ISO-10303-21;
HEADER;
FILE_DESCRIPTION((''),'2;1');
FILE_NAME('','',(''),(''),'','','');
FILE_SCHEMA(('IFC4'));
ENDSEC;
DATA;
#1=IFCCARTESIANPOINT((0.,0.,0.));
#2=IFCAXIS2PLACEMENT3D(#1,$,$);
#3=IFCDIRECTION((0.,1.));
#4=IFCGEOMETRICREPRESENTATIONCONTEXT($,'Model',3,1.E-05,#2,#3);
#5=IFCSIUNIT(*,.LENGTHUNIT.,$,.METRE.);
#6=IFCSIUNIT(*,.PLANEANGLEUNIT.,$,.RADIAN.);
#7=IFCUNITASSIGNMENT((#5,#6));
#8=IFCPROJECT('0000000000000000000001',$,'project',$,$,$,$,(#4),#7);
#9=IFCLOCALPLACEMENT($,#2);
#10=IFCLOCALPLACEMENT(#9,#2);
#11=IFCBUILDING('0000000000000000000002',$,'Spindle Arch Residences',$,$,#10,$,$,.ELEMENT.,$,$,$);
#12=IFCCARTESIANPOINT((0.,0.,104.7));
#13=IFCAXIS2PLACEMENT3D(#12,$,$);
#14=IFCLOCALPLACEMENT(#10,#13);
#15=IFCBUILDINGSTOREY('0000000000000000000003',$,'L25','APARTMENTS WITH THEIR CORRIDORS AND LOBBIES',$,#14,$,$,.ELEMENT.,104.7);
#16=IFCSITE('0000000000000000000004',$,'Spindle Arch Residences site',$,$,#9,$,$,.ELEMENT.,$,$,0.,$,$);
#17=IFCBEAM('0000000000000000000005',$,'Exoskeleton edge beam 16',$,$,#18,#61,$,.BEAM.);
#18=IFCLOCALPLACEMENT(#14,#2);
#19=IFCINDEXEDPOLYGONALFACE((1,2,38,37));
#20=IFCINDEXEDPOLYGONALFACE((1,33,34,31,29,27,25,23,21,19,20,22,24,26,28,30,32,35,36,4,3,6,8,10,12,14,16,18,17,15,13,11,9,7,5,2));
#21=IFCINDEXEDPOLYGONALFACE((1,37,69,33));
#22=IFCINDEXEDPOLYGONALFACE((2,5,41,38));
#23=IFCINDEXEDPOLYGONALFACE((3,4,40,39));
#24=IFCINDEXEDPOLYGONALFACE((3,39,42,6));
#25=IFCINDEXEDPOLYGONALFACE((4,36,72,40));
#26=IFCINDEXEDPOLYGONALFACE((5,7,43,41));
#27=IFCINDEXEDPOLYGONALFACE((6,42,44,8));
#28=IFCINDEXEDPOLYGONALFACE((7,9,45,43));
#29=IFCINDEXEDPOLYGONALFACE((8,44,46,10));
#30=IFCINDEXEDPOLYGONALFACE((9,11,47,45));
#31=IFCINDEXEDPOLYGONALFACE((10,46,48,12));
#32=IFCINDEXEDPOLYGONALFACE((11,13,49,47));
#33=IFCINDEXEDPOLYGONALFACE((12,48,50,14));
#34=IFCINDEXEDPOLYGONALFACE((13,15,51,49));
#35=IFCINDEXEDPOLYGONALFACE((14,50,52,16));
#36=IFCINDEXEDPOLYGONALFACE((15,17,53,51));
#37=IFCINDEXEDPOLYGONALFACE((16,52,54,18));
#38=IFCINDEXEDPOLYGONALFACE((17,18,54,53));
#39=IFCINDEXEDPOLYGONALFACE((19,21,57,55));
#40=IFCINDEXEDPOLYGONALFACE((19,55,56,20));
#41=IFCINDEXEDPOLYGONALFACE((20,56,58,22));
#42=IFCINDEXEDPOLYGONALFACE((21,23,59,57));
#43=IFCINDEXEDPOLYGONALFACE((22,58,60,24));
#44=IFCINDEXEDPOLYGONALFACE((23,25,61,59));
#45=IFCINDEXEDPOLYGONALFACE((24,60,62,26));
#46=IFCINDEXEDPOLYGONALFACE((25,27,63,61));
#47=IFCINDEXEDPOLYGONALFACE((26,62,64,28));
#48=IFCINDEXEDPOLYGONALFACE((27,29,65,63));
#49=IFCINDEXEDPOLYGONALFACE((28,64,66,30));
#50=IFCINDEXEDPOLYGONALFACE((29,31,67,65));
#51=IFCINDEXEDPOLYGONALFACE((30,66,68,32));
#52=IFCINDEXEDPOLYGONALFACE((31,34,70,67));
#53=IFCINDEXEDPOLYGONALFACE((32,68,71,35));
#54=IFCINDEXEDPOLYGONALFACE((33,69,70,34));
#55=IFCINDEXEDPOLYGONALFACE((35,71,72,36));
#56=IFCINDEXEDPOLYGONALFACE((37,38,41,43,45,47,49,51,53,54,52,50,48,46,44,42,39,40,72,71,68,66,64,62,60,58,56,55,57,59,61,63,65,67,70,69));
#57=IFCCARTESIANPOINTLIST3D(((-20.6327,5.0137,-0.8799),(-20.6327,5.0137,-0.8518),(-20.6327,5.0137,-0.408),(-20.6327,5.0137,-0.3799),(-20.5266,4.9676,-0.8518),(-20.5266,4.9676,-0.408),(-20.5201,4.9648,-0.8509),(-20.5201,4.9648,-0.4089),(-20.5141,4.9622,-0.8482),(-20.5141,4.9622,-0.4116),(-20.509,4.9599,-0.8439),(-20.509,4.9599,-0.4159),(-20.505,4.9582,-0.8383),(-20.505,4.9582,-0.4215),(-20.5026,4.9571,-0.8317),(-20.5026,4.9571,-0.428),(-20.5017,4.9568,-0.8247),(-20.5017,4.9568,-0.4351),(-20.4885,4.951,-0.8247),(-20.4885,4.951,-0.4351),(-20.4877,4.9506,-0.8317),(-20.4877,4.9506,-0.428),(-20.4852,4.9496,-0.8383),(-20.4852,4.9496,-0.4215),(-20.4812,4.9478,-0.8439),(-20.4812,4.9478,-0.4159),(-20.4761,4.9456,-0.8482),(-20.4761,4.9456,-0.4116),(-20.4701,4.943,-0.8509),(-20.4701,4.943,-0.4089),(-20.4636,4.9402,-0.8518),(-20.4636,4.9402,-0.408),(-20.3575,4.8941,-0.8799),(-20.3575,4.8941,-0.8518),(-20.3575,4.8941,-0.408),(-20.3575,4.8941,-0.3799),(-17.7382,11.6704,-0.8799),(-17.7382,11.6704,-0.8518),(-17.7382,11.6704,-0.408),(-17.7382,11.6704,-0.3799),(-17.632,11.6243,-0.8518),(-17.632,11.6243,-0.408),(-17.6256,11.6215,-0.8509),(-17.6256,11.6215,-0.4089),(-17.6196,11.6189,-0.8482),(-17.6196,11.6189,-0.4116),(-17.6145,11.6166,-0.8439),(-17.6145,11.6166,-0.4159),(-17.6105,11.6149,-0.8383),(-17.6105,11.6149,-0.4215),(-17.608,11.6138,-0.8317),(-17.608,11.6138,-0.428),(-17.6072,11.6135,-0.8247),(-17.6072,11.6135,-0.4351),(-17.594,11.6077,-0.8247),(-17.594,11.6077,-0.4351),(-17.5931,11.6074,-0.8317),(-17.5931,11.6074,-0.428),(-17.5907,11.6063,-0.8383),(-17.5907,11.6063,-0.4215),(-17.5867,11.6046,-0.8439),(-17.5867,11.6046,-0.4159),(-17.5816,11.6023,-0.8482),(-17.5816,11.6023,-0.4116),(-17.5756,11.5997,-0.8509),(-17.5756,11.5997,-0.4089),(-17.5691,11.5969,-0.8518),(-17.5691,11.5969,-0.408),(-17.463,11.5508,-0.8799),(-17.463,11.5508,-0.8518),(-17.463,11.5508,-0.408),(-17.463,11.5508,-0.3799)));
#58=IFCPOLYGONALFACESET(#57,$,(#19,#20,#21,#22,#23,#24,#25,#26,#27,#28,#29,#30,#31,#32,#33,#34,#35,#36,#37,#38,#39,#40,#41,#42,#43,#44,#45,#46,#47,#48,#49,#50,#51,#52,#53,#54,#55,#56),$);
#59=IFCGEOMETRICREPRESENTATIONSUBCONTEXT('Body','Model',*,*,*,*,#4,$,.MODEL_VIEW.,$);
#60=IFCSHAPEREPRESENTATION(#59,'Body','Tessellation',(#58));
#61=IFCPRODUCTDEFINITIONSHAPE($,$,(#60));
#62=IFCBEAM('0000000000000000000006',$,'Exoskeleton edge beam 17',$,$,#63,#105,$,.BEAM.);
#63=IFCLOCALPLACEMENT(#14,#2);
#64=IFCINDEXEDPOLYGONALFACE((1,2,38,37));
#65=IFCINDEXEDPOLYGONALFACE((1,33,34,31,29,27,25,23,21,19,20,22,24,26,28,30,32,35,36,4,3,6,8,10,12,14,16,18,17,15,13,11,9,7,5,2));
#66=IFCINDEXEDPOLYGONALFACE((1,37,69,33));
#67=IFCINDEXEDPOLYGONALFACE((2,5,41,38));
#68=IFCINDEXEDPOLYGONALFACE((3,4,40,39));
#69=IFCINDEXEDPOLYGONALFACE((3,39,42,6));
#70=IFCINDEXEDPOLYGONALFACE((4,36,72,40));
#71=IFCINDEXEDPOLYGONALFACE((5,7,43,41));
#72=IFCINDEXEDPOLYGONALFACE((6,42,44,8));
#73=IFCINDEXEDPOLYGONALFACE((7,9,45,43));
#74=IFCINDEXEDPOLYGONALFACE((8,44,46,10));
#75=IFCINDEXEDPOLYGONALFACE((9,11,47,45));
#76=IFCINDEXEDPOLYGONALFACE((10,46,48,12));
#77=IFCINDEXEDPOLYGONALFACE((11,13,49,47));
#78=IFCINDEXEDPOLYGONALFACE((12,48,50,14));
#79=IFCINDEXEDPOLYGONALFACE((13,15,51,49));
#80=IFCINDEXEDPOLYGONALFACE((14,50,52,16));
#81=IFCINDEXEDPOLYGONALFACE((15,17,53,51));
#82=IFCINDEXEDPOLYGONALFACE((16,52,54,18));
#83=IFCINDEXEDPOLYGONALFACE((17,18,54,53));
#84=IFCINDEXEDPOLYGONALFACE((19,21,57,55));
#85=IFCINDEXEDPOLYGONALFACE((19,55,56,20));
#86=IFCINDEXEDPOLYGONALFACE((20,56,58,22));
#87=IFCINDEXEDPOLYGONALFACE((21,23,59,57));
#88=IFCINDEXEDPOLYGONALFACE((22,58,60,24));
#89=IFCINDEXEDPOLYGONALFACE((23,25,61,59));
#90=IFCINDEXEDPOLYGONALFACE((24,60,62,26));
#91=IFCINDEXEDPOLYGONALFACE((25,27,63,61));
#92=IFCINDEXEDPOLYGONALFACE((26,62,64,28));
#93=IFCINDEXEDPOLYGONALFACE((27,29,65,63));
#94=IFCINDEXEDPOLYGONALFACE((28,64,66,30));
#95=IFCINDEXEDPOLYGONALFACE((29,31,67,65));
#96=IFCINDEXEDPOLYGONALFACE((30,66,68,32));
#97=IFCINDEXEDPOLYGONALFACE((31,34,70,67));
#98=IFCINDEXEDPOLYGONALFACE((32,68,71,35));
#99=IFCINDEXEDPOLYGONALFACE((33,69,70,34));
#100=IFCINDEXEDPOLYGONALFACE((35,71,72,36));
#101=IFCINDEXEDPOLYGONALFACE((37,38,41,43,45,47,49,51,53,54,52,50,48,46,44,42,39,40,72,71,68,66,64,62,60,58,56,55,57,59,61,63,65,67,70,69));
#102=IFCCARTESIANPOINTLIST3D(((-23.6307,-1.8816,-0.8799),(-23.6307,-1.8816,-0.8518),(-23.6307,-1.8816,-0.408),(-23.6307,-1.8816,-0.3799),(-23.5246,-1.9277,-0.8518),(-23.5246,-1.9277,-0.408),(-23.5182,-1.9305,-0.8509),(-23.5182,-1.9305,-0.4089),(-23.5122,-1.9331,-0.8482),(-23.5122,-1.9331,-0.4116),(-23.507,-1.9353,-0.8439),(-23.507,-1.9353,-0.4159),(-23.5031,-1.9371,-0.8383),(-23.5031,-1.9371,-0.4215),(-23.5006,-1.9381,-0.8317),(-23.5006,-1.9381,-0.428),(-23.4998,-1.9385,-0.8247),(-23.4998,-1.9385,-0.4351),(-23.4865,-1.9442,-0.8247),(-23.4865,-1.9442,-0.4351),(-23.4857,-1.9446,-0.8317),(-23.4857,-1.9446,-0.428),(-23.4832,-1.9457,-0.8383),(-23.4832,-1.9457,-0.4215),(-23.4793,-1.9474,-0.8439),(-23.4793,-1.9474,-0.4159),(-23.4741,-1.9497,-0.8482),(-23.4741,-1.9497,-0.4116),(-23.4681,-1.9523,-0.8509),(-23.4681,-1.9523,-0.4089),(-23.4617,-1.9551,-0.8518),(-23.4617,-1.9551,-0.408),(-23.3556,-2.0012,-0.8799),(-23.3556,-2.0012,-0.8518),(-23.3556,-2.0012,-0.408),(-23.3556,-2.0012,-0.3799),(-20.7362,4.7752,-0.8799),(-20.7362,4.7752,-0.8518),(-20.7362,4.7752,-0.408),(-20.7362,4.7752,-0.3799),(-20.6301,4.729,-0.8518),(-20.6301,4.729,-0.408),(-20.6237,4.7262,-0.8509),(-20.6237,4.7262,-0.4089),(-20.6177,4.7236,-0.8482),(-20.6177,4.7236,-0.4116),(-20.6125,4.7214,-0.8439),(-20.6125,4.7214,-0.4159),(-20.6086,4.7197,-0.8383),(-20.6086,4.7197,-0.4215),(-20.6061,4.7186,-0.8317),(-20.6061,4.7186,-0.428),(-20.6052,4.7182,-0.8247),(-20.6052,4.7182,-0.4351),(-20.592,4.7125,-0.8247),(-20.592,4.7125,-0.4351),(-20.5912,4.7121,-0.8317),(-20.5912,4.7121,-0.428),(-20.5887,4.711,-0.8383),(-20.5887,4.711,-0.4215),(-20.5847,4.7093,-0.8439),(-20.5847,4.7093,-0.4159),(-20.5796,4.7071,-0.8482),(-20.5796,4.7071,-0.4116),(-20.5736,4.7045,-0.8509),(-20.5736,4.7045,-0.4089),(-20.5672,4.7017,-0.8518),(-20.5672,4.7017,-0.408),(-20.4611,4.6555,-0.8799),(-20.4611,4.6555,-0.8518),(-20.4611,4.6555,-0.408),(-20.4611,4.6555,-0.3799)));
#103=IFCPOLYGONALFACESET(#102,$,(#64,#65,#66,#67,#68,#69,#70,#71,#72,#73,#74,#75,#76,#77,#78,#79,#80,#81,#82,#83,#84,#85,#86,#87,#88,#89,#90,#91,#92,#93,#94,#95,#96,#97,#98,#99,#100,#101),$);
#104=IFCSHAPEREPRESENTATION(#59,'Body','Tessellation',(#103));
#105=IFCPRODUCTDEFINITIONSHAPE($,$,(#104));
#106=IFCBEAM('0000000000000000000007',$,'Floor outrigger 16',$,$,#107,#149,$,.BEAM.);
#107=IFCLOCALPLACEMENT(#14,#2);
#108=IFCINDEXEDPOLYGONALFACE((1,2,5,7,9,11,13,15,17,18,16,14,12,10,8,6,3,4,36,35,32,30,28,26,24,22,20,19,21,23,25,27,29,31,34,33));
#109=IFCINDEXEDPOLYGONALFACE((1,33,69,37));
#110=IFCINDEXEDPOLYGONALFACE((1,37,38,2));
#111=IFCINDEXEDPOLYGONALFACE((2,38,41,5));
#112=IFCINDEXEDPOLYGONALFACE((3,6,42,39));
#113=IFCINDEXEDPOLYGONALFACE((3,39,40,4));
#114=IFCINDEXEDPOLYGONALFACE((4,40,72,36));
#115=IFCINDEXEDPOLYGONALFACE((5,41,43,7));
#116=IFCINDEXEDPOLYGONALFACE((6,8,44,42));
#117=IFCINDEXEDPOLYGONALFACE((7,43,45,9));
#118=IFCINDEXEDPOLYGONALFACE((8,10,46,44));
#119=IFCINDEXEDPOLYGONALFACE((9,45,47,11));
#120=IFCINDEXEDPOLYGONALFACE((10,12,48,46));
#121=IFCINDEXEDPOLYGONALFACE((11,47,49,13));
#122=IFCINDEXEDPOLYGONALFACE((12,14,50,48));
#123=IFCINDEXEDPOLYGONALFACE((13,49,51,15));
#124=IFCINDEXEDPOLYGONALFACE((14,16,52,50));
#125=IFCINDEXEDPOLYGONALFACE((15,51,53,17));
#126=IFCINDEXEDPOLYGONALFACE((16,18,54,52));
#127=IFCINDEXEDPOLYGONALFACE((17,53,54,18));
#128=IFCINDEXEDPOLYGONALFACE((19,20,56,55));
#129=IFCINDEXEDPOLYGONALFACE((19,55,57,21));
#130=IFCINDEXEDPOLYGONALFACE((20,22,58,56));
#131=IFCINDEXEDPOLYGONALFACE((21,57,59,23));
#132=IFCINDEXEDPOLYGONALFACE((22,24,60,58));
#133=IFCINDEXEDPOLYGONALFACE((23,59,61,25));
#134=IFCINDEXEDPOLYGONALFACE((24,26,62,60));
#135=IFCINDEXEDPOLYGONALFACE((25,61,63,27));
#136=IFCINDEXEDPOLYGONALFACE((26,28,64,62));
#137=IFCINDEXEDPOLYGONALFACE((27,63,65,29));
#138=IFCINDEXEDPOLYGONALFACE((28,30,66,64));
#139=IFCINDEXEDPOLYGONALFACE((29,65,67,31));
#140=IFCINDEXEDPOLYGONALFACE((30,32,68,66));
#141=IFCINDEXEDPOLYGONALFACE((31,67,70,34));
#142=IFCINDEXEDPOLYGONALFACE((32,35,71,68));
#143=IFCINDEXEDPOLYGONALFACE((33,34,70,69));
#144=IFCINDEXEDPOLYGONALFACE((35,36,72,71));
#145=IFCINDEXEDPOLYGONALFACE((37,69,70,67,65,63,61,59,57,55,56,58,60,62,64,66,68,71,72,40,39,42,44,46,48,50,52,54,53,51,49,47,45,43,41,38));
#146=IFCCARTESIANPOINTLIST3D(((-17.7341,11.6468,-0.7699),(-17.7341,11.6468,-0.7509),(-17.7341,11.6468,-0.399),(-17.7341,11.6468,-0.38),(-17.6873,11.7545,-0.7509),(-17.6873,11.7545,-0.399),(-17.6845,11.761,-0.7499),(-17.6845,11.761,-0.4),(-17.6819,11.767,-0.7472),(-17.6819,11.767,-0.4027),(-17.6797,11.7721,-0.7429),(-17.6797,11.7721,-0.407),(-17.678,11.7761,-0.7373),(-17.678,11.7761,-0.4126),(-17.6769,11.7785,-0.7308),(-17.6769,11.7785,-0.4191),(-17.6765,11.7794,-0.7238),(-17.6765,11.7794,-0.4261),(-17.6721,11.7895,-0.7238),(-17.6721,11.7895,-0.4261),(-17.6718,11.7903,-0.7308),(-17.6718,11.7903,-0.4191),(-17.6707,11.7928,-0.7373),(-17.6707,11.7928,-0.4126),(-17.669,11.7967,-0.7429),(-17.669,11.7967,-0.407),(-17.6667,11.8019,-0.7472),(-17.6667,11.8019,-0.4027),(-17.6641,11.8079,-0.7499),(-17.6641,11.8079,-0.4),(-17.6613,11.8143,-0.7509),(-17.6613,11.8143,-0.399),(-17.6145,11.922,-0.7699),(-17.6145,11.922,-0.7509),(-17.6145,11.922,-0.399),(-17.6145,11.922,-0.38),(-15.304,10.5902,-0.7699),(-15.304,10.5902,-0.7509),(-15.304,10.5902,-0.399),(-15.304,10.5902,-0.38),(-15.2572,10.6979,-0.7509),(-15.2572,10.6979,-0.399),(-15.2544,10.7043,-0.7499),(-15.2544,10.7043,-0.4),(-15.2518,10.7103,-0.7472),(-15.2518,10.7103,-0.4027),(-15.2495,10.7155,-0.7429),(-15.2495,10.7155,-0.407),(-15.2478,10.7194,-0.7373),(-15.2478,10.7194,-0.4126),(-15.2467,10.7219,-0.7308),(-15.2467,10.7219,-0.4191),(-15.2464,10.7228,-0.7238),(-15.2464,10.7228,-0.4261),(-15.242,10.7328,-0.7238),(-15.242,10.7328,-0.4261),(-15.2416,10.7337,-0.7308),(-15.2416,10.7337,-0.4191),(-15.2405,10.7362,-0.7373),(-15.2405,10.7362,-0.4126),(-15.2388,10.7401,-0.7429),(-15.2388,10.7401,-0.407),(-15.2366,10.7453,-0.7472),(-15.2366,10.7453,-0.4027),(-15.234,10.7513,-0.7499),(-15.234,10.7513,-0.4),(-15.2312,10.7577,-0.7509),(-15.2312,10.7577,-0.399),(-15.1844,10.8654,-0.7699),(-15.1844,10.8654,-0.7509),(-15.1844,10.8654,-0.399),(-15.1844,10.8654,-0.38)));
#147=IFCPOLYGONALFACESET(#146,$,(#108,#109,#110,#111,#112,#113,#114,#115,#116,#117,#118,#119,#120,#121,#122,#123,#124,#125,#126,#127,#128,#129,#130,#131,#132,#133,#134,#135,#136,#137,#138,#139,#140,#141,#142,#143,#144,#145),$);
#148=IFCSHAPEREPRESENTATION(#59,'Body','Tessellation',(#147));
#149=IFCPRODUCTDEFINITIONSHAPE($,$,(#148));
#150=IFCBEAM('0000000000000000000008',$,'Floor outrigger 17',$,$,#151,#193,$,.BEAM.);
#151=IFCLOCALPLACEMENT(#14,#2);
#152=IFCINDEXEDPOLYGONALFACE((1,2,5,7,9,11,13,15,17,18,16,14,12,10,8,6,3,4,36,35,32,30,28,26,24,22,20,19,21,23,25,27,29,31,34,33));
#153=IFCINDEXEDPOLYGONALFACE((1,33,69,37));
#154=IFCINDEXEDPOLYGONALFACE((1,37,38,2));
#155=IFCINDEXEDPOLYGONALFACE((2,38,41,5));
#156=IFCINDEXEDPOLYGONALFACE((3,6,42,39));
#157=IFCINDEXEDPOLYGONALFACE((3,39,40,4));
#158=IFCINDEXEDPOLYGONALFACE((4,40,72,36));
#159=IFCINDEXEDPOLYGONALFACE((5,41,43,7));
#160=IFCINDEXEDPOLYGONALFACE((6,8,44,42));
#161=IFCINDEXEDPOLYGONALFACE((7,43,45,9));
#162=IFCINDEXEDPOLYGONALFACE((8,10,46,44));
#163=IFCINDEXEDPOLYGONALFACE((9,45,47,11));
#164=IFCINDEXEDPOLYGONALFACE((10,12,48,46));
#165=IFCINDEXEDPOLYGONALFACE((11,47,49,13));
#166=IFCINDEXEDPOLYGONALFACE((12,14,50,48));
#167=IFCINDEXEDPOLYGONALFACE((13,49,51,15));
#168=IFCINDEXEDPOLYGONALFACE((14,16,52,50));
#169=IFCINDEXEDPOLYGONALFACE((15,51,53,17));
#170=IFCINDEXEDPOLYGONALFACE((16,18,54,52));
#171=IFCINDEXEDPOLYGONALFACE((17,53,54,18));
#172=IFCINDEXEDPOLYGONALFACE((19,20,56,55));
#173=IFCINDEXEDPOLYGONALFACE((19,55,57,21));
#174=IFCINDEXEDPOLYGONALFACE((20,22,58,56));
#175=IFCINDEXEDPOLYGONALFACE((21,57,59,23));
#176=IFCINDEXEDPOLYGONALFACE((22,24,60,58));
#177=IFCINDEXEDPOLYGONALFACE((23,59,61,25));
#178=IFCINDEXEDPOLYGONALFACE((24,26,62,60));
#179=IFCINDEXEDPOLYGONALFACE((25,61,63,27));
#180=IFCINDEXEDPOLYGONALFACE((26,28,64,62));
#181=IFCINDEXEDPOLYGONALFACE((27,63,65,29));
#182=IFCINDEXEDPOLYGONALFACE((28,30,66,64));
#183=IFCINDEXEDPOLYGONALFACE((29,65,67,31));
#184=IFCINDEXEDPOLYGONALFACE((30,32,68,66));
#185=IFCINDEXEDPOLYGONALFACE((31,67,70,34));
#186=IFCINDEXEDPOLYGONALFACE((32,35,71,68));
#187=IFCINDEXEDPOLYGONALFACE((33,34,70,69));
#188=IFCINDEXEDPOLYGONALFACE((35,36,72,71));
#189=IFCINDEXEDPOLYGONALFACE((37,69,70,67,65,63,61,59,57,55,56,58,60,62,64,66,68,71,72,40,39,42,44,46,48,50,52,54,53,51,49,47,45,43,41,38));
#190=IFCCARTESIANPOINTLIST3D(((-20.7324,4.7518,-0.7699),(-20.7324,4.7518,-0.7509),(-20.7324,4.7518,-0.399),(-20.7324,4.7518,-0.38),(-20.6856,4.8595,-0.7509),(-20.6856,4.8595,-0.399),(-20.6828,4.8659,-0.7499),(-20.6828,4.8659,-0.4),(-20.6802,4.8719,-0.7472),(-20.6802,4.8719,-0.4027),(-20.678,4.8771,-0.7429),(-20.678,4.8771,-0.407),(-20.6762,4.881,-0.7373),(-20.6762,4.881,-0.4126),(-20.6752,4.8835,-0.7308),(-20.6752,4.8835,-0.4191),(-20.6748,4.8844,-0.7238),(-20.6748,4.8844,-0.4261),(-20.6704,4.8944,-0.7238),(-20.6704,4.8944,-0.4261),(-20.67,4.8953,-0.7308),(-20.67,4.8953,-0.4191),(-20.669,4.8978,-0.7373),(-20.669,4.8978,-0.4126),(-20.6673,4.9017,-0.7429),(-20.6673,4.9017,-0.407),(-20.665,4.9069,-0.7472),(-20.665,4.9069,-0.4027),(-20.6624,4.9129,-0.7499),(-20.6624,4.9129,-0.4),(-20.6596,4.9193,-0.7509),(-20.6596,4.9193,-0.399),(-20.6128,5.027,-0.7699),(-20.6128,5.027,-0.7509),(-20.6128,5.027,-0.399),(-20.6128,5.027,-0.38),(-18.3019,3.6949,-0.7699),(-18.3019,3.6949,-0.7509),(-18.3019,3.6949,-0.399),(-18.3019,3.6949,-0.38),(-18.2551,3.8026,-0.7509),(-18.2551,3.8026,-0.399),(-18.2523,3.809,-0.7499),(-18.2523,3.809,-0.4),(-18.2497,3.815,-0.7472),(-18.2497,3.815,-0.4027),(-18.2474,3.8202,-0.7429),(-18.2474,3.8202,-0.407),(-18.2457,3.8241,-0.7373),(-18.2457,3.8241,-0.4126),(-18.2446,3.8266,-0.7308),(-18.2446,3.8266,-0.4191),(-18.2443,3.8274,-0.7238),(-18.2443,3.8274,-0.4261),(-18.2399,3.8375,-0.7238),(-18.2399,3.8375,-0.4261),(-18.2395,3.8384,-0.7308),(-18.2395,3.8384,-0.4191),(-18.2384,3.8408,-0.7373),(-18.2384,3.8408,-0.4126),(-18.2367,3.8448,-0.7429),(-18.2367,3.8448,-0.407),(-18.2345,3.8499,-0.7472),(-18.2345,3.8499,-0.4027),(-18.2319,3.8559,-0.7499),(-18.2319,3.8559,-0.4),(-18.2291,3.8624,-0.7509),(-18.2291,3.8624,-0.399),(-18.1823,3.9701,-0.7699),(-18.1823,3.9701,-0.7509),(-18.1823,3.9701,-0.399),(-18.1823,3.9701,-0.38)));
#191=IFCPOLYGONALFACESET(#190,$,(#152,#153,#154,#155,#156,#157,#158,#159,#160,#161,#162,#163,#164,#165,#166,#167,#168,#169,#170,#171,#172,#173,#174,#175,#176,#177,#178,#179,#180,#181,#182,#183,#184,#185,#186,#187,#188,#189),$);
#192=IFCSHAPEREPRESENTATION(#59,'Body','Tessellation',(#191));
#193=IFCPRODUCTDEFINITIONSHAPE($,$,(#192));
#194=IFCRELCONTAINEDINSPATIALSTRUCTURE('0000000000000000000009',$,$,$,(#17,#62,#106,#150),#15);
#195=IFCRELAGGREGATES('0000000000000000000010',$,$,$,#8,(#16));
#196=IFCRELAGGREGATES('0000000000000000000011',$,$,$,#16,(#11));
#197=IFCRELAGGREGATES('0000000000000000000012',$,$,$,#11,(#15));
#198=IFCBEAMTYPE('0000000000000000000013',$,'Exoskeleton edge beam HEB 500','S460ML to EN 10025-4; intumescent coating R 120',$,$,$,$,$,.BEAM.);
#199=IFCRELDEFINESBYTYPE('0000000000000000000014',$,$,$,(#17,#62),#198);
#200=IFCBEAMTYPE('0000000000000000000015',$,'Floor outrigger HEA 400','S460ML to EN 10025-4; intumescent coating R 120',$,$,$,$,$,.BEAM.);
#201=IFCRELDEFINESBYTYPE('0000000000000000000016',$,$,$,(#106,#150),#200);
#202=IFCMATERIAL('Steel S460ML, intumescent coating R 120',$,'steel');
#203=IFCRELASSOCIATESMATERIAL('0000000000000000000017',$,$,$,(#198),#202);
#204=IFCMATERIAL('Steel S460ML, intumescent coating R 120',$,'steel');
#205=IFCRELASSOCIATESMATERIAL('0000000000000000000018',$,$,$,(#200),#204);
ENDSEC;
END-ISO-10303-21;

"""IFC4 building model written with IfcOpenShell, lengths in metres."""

from ifc_helpers import new_model, si_unit, direction, frame, origin, origin_2d, place, context, subcontext, project, spatial, i_section, extrude, material, material_profile, profile_set, type_object, element, save


model = new_model("IFC4")

# Units and contexts
model_context = context("Model", 3, precision=1e-05, world=origin(), true_north=direction((0.0, 1.0)))
body_context = subcontext(model_context, "Body", "Model", "MODEL_VIEW")
ifc_project = project(units=[si_unit("LENGTHUNIT", "METRE"), si_unit("PLANEANGLEUNIT", "RADIAN")], contexts=[model_context])

# Site, building, storey
site_placement = place(None, origin())
site = spatial("IfcSite", under=ifc_project, at=site_placement, Name="Spindle Arch Residences site", CompositionType="ELEMENT", RefElevation=0.0)
building_placement = place(site_placement, origin())
building = spatial("IfcBuilding", under=site, at=building_placement, Name="Spindle Arch Residences", CompositionType="ELEMENT")
storey_placement = place(building_placement, frame((0.0, 0.0, 104.7)))
storey = spatial("IfcBuildingStorey", under=building, at=storey_placement, Name="L25", Description="APARTMENTS WITH THEIR CORRIDORS AND LOBBIES", CompositionType="ELEMENT", Elevation=104.7)

# Beams
ifc_material_1 = material(Name="Steel S460ML, intumescent coating R 120", Category="steel")
ifc_material_profile_1 = material_profile(ifc_material_1, i_section(OverallWidth=0.3, OverallDepth=0.5, WebThickness=0.0144, FlangeThickness=0.0281, FilletRadius=0.0271, at=origin_2d()), Name="HEB 500")
ifc_profile_set_1 = profile_set([ifc_material_profile_1], Name="Steel S460ML, intumescent coating R 120")
beam_type_1 = type_object("IfcBeamType", Name="Exoskeleton edge beam HEB 500", Description="S460ML to EN 10025-4; intumescent coating R 120", PredefinedType="BEAM", material=ifc_profile_set_1)
for number, where, z_axis, x_axis, name in (
    (1, (-17.6006, 11.6106, -0.6299), (-0.398761, -0.917055, 0.0), (0.917055, -0.398761, 0.0), "Exoskeleton edge beam 16"),
    (2, (-20.5986, 4.7153, -0.6299), (-0.398761, -0.917055, 0.0), (0.917055, -0.398761, 0.0), "Exoskeleton edge beam 17"),
):
    element("IfcBeam", number, at=place(storey_placement, frame(where, z_axis=z_axis, x_axis=x_axis)), inside=storey, type_object=beam_type_1, Name=name, PredefinedType="BEAM", context=body_context, shape_type="SweptSolid", body=[
        extrude(i_section(OverallWidth=0.3, OverallDepth=0.5, WebThickness=0.0144, FlangeThickness=0.0281, FilletRadius=0.0271, at=origin_2d()), origin(), (0.0, 0.0, 1.0), 7.2588),
    ])
ifc_material_2 = material(Name="Steel S460ML, intumescent coating R 120", Category="steel")
ifc_material_profile_2 = material_profile(ifc_material_2, i_section(OverallWidth=0.3, OverallDepth=0.3899, WebThickness=0.011, FlangeThickness=0.019, FilletRadius=0.0271, at=origin_2d()), Name="HEA 400")
ifc_profile_set_2 = profile_set([ifc_material_profile_2], Name="Steel S460ML, intumescent coating R 120")
beam_type_2 = type_object("IfcBeamType", Name="Floor outrigger HEA 400", Description="S460ML to EN 10025-4; intumescent coating R 120", PredefinedType="BEAM", material=ifc_profile_set_2)
beam_1_placement = place(storey_placement, frame((-17.6743, 11.7844, -0.575), z_axis=(0.917064, -0.39874, 0.0), x_axis=(0.39874, 0.917064, 0.0)))
element("IfcBeam", 3, at=beam_1_placement, inside=storey, type_object=beam_type_2, Name="Floor outrigger 16", PredefinedType="BEAM", context=body_context, shape_type="SweptSolid", body=[
    extrude(i_section(OverallWidth=0.3, OverallDepth=0.3899, WebThickness=0.011, FlangeThickness=0.019, FilletRadius=0.0271, at=origin_2d()), origin(), (0.0, 0.0, 1.0), 2.6499),
])
beam_2_placement = place(storey_placement, frame((-20.6726, 4.8894, -0.575), z_axis=(0.917045, -0.398783, 0.0), x_axis=(0.398783, 0.917045, 0.0)))
element("IfcBeam", 4, at=beam_2_placement, inside=storey, type_object=beam_type_2, Name="Floor outrigger 17", PredefinedType="BEAM", context=body_context, shape_type="SweptSolid", body=[
    extrude(i_section(OverallWidth=0.3, OverallDepth=0.3899, WebThickness=0.011, FlangeThickness=0.019, FilletRadius=0.0271, at=origin_2d()), origin(), (0.0, 0.0, 1.0), 2.6504),
])

save(model, "model.ifc")
